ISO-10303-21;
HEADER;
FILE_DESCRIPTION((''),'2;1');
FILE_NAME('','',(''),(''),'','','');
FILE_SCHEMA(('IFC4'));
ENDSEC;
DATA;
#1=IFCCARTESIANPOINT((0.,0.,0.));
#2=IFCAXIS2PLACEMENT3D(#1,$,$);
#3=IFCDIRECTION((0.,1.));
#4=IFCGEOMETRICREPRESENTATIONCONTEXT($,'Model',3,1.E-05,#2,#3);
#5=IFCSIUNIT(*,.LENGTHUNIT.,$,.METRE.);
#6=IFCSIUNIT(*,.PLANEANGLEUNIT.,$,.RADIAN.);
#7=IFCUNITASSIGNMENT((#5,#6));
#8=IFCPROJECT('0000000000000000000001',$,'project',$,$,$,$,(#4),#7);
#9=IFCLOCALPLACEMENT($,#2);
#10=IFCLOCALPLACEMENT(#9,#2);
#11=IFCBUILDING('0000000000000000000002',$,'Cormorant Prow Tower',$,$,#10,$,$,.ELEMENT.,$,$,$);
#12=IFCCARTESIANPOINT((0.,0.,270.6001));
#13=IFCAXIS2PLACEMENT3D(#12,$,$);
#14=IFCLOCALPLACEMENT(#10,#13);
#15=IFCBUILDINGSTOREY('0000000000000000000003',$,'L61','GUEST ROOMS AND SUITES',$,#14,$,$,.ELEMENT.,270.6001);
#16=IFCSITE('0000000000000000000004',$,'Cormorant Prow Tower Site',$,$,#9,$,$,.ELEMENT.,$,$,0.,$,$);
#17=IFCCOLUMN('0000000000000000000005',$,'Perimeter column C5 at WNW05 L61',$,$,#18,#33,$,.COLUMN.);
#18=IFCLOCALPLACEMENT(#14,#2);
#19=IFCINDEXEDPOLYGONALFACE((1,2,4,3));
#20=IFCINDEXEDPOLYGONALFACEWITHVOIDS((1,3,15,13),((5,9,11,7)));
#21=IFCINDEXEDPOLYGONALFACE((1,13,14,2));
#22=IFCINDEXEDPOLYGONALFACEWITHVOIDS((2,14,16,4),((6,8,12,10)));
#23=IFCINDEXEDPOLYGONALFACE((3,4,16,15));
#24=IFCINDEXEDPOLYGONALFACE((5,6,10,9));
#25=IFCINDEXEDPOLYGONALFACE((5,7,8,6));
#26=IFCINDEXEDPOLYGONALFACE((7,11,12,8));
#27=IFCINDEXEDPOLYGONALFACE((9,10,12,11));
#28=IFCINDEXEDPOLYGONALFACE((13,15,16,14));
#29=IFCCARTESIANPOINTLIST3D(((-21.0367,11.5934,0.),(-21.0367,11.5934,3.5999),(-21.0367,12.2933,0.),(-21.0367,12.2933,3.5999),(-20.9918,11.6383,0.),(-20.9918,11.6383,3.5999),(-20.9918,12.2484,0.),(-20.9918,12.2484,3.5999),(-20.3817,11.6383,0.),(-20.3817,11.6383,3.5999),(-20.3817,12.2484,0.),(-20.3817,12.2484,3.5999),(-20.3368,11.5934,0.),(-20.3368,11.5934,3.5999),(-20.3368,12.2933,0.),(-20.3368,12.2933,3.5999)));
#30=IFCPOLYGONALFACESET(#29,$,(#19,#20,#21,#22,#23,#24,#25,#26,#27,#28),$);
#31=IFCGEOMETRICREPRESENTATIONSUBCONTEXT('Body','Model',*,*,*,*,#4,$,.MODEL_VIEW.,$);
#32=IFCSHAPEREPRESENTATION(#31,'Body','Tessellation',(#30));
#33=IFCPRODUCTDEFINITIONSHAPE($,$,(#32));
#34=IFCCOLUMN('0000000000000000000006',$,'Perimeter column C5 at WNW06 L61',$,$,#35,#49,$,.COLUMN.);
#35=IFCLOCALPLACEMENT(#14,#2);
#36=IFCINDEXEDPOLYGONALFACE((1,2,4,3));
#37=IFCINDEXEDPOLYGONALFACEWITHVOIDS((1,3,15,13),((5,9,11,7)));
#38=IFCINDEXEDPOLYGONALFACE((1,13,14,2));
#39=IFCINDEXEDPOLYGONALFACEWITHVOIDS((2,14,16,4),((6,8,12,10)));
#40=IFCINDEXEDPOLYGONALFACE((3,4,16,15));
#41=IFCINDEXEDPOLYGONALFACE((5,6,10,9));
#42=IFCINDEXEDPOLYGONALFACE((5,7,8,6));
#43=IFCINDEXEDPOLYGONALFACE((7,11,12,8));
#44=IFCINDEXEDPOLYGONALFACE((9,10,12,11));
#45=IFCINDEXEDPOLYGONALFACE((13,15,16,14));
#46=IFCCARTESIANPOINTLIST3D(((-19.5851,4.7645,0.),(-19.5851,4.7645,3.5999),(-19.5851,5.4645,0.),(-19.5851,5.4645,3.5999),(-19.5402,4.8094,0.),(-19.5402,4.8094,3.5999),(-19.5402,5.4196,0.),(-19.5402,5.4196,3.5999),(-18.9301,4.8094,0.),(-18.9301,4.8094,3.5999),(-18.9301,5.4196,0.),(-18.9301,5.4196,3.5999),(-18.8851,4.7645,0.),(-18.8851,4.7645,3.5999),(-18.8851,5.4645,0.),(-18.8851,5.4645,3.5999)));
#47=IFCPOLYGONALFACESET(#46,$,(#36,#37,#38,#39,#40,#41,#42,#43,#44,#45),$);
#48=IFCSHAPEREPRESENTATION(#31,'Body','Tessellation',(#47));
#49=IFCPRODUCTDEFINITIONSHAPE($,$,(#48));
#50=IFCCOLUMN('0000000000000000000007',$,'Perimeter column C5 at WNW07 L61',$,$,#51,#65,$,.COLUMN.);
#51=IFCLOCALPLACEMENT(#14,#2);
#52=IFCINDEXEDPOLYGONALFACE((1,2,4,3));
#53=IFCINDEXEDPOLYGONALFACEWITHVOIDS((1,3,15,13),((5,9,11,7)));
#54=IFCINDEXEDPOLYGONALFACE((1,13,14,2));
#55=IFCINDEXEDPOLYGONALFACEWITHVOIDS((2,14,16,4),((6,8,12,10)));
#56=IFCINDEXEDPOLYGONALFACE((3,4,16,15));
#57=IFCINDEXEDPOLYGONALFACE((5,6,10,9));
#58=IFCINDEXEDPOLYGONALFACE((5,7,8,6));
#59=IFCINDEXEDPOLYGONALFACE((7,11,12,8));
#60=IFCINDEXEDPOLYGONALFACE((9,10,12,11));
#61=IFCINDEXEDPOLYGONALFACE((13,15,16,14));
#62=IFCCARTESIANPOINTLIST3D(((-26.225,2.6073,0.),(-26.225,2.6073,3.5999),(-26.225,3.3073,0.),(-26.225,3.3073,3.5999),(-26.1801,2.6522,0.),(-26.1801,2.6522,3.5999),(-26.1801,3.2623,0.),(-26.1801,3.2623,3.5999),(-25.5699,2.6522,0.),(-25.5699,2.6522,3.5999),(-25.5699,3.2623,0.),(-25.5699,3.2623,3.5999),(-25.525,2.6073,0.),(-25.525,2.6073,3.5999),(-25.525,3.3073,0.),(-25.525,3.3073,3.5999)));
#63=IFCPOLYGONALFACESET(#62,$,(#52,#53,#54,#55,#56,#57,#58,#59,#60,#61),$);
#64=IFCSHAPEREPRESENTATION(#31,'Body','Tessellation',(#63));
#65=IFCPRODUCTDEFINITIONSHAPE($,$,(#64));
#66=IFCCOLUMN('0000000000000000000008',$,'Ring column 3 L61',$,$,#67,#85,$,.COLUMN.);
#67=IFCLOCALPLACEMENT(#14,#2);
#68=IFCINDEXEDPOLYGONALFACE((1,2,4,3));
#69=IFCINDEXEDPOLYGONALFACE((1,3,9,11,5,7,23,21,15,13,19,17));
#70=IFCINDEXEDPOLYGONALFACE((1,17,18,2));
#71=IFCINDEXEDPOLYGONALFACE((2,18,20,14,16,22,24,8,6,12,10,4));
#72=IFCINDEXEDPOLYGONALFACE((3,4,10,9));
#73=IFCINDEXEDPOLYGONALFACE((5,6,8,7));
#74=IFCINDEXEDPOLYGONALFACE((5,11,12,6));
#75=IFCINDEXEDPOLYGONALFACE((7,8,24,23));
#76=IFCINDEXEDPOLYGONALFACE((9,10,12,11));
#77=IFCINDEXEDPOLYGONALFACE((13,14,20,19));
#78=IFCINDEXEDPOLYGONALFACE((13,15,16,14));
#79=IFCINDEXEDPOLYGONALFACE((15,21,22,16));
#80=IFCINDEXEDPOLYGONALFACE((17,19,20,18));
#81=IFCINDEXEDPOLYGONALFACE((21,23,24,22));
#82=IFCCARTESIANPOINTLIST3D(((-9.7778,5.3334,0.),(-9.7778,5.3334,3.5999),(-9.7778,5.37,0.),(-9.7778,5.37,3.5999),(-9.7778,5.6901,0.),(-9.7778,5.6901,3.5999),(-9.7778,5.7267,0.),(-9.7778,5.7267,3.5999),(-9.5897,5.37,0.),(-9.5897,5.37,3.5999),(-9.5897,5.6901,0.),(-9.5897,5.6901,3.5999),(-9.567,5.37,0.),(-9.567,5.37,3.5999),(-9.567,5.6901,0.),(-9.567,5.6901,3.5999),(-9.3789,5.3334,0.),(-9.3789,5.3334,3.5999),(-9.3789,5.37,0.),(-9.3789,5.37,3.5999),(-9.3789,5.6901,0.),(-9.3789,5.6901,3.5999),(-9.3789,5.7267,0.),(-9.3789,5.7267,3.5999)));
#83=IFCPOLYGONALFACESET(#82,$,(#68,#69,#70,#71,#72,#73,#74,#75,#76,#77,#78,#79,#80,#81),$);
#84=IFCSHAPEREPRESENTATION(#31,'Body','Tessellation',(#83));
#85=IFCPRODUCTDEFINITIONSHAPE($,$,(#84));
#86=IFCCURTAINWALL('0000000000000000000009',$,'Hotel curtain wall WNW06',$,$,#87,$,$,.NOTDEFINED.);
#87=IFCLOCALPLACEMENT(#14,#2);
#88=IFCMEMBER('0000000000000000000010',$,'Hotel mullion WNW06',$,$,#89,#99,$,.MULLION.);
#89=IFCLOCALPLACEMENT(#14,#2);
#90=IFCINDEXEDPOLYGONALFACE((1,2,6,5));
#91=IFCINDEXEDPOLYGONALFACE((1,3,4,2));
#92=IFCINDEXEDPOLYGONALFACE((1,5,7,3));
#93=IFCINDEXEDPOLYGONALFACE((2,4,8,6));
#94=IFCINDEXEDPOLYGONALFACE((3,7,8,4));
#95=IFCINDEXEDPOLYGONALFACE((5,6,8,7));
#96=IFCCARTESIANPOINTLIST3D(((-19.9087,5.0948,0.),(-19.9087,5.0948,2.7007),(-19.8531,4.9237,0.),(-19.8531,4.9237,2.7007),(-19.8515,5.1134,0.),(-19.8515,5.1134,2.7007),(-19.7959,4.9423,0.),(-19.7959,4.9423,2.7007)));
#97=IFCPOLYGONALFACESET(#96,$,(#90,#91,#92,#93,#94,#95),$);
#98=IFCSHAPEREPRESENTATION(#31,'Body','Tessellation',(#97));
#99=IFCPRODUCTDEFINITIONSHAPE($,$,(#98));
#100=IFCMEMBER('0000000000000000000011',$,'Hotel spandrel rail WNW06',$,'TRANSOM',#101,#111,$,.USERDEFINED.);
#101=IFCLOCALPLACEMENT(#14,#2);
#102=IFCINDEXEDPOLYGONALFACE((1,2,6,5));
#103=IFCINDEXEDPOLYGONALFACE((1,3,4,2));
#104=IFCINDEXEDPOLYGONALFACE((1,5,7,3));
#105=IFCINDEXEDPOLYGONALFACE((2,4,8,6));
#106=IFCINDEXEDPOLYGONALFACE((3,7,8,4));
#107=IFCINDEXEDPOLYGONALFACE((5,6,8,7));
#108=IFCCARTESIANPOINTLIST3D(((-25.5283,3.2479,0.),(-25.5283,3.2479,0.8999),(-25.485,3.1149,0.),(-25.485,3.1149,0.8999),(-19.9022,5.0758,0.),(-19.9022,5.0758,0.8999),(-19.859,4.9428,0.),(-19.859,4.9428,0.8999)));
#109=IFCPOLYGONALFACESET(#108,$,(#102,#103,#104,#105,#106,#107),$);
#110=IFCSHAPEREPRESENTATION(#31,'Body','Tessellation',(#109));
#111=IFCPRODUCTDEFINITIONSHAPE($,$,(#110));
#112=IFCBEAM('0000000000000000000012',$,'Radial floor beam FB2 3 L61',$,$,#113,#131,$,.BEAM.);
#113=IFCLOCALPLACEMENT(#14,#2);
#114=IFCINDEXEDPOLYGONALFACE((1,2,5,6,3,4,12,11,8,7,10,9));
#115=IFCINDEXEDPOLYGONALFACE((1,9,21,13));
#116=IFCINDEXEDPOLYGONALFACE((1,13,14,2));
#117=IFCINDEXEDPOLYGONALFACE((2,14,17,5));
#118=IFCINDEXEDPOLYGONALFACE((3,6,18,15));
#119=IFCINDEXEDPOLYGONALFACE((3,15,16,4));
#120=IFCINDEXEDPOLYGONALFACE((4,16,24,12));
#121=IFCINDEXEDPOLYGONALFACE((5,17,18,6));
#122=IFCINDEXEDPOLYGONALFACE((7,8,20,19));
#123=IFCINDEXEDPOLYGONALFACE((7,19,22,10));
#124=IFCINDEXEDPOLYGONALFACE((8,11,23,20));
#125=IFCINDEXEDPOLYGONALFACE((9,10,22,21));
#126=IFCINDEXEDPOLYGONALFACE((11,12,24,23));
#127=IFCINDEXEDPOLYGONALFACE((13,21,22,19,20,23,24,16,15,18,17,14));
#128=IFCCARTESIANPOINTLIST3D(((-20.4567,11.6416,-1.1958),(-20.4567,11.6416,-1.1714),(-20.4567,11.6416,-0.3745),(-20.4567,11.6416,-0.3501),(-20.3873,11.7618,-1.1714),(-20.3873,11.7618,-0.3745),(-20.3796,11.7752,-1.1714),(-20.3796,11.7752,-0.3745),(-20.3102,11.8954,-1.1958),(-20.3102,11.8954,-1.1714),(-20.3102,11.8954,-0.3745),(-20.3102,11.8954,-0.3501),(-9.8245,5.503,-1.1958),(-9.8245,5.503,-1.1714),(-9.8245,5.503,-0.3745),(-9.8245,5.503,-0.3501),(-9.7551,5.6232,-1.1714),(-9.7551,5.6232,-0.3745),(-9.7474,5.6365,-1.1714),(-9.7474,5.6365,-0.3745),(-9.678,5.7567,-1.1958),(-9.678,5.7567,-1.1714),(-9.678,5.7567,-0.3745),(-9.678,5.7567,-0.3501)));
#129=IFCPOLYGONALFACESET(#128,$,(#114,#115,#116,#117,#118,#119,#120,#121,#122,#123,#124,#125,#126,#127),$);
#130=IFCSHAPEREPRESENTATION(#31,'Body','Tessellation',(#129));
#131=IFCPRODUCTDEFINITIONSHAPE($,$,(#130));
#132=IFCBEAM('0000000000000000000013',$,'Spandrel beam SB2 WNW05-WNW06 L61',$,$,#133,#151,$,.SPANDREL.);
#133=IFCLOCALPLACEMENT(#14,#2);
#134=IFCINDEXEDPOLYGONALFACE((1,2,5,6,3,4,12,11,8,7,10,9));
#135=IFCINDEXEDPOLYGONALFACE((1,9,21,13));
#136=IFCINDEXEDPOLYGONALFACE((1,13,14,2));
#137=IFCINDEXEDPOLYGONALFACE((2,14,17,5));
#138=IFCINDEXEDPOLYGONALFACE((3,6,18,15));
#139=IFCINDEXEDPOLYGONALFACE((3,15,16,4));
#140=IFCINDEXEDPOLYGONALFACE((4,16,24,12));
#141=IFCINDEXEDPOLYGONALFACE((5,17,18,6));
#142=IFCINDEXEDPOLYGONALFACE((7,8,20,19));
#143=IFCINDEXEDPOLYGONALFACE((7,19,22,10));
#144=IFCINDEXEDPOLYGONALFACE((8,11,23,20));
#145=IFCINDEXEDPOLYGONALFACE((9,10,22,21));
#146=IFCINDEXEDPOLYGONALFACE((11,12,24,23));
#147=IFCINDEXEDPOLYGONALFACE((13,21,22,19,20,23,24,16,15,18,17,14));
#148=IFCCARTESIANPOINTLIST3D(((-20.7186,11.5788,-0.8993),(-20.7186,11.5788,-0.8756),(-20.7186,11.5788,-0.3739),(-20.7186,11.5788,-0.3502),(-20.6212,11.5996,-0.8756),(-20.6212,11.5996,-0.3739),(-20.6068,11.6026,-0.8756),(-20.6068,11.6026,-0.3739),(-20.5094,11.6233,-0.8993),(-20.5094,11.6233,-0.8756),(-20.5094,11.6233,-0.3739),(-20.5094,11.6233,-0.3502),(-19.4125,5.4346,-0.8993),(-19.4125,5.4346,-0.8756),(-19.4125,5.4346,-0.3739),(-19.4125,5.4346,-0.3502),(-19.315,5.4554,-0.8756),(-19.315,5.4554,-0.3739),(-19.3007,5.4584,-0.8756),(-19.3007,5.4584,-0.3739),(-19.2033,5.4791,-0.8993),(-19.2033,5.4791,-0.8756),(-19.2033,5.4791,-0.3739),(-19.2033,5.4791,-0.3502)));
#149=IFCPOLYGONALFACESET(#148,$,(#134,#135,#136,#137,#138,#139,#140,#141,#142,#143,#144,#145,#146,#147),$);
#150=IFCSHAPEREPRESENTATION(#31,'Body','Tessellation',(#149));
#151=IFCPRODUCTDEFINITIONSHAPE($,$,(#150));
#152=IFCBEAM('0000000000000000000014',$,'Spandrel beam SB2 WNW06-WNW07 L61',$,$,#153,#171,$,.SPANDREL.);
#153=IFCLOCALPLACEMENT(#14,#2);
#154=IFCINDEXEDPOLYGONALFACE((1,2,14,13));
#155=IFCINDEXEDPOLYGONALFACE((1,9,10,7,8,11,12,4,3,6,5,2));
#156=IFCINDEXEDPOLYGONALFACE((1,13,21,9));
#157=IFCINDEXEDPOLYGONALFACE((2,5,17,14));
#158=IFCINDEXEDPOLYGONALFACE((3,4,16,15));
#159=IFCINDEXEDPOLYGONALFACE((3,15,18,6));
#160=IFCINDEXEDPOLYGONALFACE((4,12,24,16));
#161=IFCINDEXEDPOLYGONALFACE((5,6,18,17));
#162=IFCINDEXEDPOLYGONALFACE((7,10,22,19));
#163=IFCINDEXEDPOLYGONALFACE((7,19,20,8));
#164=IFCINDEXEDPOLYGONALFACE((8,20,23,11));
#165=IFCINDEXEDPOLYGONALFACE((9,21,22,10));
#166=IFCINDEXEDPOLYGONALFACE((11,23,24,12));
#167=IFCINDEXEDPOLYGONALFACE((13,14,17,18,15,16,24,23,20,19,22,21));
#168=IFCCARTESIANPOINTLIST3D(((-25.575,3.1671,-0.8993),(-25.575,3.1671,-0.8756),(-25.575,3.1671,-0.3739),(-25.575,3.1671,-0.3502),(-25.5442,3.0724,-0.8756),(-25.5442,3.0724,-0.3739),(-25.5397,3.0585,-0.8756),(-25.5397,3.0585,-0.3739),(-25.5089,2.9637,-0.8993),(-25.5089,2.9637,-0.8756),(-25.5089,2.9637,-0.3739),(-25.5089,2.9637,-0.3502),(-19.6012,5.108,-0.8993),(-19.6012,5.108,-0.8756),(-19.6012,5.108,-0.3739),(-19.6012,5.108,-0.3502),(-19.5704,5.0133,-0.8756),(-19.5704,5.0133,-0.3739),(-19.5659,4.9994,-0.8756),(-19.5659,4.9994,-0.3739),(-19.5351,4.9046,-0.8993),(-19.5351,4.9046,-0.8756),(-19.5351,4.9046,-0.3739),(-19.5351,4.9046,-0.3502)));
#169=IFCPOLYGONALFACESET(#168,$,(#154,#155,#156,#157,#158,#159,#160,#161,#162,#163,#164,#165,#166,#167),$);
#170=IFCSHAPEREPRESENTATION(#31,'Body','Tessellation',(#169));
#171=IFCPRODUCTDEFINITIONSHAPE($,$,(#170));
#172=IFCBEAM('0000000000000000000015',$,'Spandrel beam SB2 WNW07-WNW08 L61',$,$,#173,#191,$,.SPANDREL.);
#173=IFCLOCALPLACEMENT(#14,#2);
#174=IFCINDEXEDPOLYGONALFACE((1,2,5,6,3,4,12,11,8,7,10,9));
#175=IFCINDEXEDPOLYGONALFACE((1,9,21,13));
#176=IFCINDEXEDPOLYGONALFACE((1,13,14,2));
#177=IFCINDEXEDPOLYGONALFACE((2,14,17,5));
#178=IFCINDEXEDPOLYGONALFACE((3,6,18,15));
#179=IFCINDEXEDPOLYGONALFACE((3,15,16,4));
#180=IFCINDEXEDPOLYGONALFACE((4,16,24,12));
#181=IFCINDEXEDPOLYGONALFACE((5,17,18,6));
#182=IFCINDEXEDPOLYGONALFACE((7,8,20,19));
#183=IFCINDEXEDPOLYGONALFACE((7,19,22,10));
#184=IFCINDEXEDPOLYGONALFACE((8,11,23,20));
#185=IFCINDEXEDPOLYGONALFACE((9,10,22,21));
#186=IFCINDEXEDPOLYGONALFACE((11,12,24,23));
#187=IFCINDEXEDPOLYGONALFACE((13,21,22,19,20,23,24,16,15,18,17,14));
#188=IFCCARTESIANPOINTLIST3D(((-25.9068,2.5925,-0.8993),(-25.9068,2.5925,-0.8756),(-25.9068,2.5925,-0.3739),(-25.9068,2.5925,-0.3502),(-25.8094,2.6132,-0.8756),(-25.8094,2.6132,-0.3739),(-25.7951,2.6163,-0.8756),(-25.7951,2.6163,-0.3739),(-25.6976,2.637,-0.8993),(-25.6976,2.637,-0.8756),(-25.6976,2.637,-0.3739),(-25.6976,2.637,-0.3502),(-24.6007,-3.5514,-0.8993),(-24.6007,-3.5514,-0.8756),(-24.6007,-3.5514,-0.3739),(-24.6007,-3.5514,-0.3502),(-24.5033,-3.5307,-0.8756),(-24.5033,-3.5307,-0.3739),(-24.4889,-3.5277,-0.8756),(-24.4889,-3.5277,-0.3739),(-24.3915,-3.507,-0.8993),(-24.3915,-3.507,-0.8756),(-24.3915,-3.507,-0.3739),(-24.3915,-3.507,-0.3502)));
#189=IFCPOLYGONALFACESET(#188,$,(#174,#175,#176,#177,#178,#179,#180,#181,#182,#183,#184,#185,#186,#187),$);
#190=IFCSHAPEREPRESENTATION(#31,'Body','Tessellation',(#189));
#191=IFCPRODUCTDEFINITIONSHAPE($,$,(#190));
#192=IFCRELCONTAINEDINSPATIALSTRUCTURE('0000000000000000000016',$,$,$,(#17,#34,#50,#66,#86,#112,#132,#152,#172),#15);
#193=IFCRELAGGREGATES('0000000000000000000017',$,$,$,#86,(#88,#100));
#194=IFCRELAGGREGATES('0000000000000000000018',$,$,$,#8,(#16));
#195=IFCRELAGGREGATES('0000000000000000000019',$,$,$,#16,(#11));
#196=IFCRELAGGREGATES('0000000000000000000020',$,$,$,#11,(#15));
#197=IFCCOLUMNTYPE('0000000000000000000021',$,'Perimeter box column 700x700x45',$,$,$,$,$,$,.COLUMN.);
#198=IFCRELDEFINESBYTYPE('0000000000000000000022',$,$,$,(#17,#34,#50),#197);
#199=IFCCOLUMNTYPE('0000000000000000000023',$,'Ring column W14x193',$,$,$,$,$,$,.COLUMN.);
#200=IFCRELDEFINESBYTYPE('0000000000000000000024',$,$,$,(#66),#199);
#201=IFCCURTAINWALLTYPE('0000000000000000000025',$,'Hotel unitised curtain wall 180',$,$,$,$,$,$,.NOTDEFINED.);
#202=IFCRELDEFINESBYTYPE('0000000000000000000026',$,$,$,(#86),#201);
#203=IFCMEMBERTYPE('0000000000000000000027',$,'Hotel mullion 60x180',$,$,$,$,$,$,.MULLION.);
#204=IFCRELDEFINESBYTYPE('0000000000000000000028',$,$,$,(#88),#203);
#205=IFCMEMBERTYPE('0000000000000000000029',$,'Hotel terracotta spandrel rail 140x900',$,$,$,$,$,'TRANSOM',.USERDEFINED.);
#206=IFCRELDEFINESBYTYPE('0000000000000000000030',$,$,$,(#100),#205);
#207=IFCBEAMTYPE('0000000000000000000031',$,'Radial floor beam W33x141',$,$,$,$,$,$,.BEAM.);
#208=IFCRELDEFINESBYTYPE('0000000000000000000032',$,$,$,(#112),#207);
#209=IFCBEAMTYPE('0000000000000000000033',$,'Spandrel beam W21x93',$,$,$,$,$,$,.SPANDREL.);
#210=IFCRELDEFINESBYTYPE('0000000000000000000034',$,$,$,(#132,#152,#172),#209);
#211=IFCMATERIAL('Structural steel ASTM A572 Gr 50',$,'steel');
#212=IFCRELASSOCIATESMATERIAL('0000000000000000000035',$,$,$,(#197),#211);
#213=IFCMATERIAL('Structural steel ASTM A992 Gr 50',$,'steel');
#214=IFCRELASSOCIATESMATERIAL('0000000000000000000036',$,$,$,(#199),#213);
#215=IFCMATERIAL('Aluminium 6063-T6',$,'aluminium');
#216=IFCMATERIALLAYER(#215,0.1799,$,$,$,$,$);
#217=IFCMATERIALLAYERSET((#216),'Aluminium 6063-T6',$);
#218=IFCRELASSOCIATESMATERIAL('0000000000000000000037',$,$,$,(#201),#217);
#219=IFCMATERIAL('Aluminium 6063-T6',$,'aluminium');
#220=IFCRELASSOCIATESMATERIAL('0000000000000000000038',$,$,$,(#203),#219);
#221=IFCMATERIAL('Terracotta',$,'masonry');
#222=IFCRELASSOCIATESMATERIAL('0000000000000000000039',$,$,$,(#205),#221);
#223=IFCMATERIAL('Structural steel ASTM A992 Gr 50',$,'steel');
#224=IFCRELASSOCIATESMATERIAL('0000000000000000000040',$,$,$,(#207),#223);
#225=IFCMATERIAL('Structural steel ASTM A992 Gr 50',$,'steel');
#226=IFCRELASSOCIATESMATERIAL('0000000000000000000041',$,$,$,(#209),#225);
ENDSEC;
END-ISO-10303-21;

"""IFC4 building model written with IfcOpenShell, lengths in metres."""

from ifc_helpers import new_model, si_unit, direction, frame, origin, origin_2d, place, context, subcontext, project, spatial, rectangle, hollow_rectangle, i_section, extrude, material, layer, layer_set, material_profile, profile_set, type_object, element, aggregate, save


model = new_model("IFC4")

# Units and contexts
model_context = context("Model", 3, precision=1e-05, world=origin(), true_north=direction((0.0, 1.0)))
body_context = subcontext(model_context, "Body", "Model", "MODEL_VIEW")
ifc_project = project(units=[si_unit("LENGTHUNIT", "METRE"), si_unit("PLANEANGLEUNIT", "RADIAN")], contexts=[model_context])

# Site, building, storey
site_placement = place(None, origin())
site = spatial("IfcSite", under=ifc_project, at=site_placement, Name="Cormorant Prow Tower Site", CompositionType="ELEMENT", RefElevation=0.0)
building_placement = place(site_placement, origin())
building = spatial("IfcBuilding", under=site, at=building_placement, Name="Cormorant Prow Tower", CompositionType="ELEMENT")
storey_placement = place(building_placement, frame((0.0, 0.0, 270.6001)))
storey = spatial("IfcBuildingStorey", under=building, at=storey_placement, Name="L61", Description="GUEST ROOMS AND SUITES", CompositionType="ELEMENT", Elevation=270.6001)

# Columns
ifc_material_1 = material(Name="Structural steel ASTM A572 Gr 50", Category="steel")
ifc_material_profile_1 = material_profile(ifc_material_1, hollow_rectangle(XDim=0.7, YDim=0.7, WallThickness=0.0449, at=origin_2d()), Name="Box 700x700x45")
ifc_profile_set_1 = profile_set([ifc_material_profile_1], Name="Structural steel ASTM A572 Gr 50")
column_type_1 = type_object("IfcColumnType", Name="Perimeter box column 700x700x45", PredefinedType="COLUMN", material=ifc_profile_set_1)
for number, where, z_axis, x_axis, name in (
    (1, (-20.6868, 11.9434, 0.0), (0.0, 0.0, 1.0), (1.0, 0.0, 0.0), "Perimeter column C5 at WNW05 L61"),
    (2, (-19.2351, 5.1145, 0.0), (0.0, 0.0, 1.0), (1.0, 0.0, 0.0), "Perimeter column C5 at WNW06 L61"),
    (3, (-25.875, 2.9573, 0.0), (0.0, 0.0, 1.0), (1.0, 0.0, 0.0), "Perimeter column C5 at WNW07 L61"),
):
    element("IfcColumn", number, at=place(storey_placement, frame(where, z_axis=z_axis, x_axis=x_axis)), inside=storey, type_object=column_type_1, Name=name, PredefinedType="COLUMN", context=body_context, shape_type="SweptSolid", body=[
        extrude(hollow_rectangle(XDim=0.7, YDim=0.7, WallThickness=0.0449, at=origin_2d()), origin(), (0.0, 0.0, 1.0), 3.5999),
    ])
ifc_material_2 = material(Name="Structural steel ASTM A992 Gr 50", Category="steel")
ifc_material_profile_2 = material_profile(ifc_material_2, i_section(OverallWidth=0.3989, OverallDepth=0.3933, WebThickness=0.0227, FlangeThickness=0.0366, at=origin_2d()), Name="W14x193")
ifc_profile_set_2 = profile_set([ifc_material_profile_2], Name="Structural steel ASTM A992 Gr 50")
column_type_2 = type_object("IfcColumnType", Name="Ring column W14x193", PredefinedType="COLUMN", material=ifc_profile_set_2)
column_placement = place(storey_placement, frame((-9.5784, 5.53, 0.0), z_axis=(0.0, 0.0, 1.0), x_axis=(1.0, 0.0, 0.0)))
element("IfcColumn", 4, at=column_placement, inside=storey, type_object=column_type_2, Name="Ring column 3 L61", PredefinedType="COLUMN", context=body_context, shape_type="SweptSolid", body=[
    extrude(i_section(OverallWidth=0.3989, OverallDepth=0.3933, WebThickness=0.0227, FlangeThickness=0.0366, at=origin_2d()), origin(), (0.0, 0.0, 1.0), 3.5999),
])

# Curtain wall, members
ifc_material_3 = material(Name="Aluminium 6063-T6", Category="aluminium")
ifc_layer_1 = layer(ifc_material_3, 0.1799)
ifc_layer_set_1 = layer_set([ifc_layer_1], Name="Aluminium 6063-T6")
curtain_wall_type = type_object("IfcCurtainWallType", Name="Hotel unitised curtain wall 180", PredefinedType="NOTDEFINED", material=ifc_layer_set_1)
curtain_wall_1_placement = place(storey_placement, origin())
curtain_wall_1 = element("IfcCurtainWall", 5, at=curtain_wall_1_placement, inside=storey, type_object=curtain_wall_type, Name="Hotel curtain wall WNW06", PredefinedType="NOTDEFINED")
ifc_material_4 = material(Name="Aluminium 6063-T6", Category="aluminium")
ifc_material_profile_3 = material_profile(ifc_material_4, rectangle(XDim=0.1799, YDim=0.0601, at=origin_2d()), Name="Hotel mullion 60x180")
ifc_profile_set_3 = profile_set([ifc_material_profile_3], Name="Aluminium 6063-T6")
member_type_1 = type_object("IfcMemberType", Name="Hotel mullion 60x180", PredefinedType="MULLION", material=ifc_profile_set_3)
member_1_placement = place(storey_placement, frame((-19.8523, 5.0186, 0.0), z_axis=(0.0, 0.0, 1.0), x_axis=(0.309017, -0.951057, 0.0)))
member_1 = element("IfcMember", 6, at=member_1_placement, type_object=member_type_1, Name="Hotel mullion WNW06", PredefinedType="MULLION", context=body_context, shape_type="SweptSolid", body=[
    extrude(rectangle(XDim=0.1799, YDim=0.0601, at=origin_2d()), origin(), (0.0, 0.0, 1.0), 2.7007),
])
ifc_material_5 = material(Name="Terracotta", Category="masonry")
ifc_material_profile_4 = material_profile(ifc_material_5, rectangle(XDim=0.1399, YDim=0.8999, at=origin_2d()), Name="Hotel terracotta spandrel rail 140x900")
ifc_profile_set_4 = profile_set([ifc_material_profile_4], Name="Terracotta")
member_type_2 = type_object("IfcMemberType", Name="Hotel terracotta spandrel rail 140x900", ElementType="TRANSOM", PredefinedType="USERDEFINED", material=ifc_profile_set_4)
member_2_placement = place(storey_placement, frame((-19.8806, 5.0093, 0.45), z_axis=(-0.951062, -0.309, 0.0), x_axis=(0.309, -0.951062, 0.0)))
member_2 = element("IfcMember", 7, at=member_2_placement, type_object=member_type_2, Name="Hotel spandrel rail WNW06", ObjectType="TRANSOM", PredefinedType="USERDEFINED", context=body_context, shape_type="SweptSolid", body=[
    extrude(rectangle(XDim=0.1399, YDim=0.8999, at=origin_2d()), origin(), (0.0, 0.0, 1.0), 5.9155),
])

# Beams
ifc_material_6 = material(Name="Structural steel ASTM A992 Gr 50", Category="steel")
ifc_material_profile_5 = material_profile(ifc_material_6, i_section(OverallWidth=0.293, OverallDepth=0.8457, WebThickness=0.0154, FlangeThickness=0.0244, at=origin_2d()), Name="W33x141")
ifc_profile_set_5 = profile_set([ifc_material_profile_5], Name="Structural steel ASTM A992 Gr 50")
beam_type_1 = type_object("IfcBeamType", Name="Radial floor beam W33x141", PredefinedType="BEAM", material=ifc_profile_set_5)
beam_1_placement = place(storey_placement, frame((-9.7512, 5.6299, -0.7729), z_axis=(-0.866022, 0.500006, 0.0), x_axis=(-0.500006, -0.866022, 0.0)))
element("IfcBeam", 8, at=beam_1_placement, inside=storey, type_object=beam_type_1, Name="Radial floor beam FB2 3 L61", PredefinedType="BEAM", context=body_context, shape_type="SweptSolid", body=[
    extrude(i_section(OverallWidth=0.293, OverallDepth=0.8457, WebThickness=0.0154, FlangeThickness=0.0244, at=origin_2d()), origin(), (0.0, 0.0, 1.0), 12.2771),
])
ifc_material_7 = material(Name="Structural steel ASTM A992 Gr 50", Category="steel")
ifc_material_profile_6 = material_profile(ifc_material_7, i_section(OverallWidth=0.2139, OverallDepth=0.5491, WebThickness=0.0146, FlangeThickness=0.0237, at=origin_2d()), Name="W21x93")
ifc_profile_set_6 = profile_set([ifc_material_profile_6], Name="Structural steel ASTM A992 Gr 50")
beam_type_2 = type_object("IfcBeamType", Name="Spandrel beam W21x93", PredefinedType="SPANDREL", material=ifc_profile_set_6)
beam_2_placement = place(storey_placement, frame((-20.614, 11.6011, -0.6248), z_axis=(0.207934, -0.978143, 0.0), x_axis=(0.978143, 0.207934, 0.0)))
element("IfcBeam", 9, at=beam_2_placement, inside=storey, type_object=beam_type_2, Name="Spandrel beam SB2 WNW05-WNW06 L61", PredefinedType="SPANDREL", context=body_context, shape_type="SweptSolid", body=[
    extrude(i_section(OverallWidth=0.2139, OverallDepth=0.5491, WebThickness=0.0146, FlangeThickness=0.0237, at=origin_2d()), origin(), (0.0, 0.0, 1.0), 6.2815),
])
for number, where, z_axis, x_axis, name in (
    (10, (-19.5681, 5.0063, -0.6248), (-0.951062, -0.309001, 0.0), (0.309001, -0.951062, 0.0), "Spandrel beam SB2 WNW06-WNW07 L61"),
    (11, (-25.8022, 2.6147, -0.6248), (0.207941, -0.978141, 0.0), (0.978141, 0.207941, 0.0), "Spandrel beam SB2 WNW07-WNW08 L61"),
):
    element("IfcBeam", number, at=place(storey_placement, frame(where, z_axis=z_axis, x_axis=x_axis)), inside=storey, type_object=beam_type_2, Name=name, PredefinedType="SPANDREL", context=body_context, shape_type="SweptSolid", body=[
        extrude(i_section(OverallWidth=0.2139, OverallDepth=0.5491, WebThickness=0.0146, FlangeThickness=0.0237, at=origin_2d()), origin(), (0.0, 0.0, 1.0), 6.2812),
    ])

aggregate(curtain_wall_1, [member_1, member_2])

save(model, "model.ifc")
